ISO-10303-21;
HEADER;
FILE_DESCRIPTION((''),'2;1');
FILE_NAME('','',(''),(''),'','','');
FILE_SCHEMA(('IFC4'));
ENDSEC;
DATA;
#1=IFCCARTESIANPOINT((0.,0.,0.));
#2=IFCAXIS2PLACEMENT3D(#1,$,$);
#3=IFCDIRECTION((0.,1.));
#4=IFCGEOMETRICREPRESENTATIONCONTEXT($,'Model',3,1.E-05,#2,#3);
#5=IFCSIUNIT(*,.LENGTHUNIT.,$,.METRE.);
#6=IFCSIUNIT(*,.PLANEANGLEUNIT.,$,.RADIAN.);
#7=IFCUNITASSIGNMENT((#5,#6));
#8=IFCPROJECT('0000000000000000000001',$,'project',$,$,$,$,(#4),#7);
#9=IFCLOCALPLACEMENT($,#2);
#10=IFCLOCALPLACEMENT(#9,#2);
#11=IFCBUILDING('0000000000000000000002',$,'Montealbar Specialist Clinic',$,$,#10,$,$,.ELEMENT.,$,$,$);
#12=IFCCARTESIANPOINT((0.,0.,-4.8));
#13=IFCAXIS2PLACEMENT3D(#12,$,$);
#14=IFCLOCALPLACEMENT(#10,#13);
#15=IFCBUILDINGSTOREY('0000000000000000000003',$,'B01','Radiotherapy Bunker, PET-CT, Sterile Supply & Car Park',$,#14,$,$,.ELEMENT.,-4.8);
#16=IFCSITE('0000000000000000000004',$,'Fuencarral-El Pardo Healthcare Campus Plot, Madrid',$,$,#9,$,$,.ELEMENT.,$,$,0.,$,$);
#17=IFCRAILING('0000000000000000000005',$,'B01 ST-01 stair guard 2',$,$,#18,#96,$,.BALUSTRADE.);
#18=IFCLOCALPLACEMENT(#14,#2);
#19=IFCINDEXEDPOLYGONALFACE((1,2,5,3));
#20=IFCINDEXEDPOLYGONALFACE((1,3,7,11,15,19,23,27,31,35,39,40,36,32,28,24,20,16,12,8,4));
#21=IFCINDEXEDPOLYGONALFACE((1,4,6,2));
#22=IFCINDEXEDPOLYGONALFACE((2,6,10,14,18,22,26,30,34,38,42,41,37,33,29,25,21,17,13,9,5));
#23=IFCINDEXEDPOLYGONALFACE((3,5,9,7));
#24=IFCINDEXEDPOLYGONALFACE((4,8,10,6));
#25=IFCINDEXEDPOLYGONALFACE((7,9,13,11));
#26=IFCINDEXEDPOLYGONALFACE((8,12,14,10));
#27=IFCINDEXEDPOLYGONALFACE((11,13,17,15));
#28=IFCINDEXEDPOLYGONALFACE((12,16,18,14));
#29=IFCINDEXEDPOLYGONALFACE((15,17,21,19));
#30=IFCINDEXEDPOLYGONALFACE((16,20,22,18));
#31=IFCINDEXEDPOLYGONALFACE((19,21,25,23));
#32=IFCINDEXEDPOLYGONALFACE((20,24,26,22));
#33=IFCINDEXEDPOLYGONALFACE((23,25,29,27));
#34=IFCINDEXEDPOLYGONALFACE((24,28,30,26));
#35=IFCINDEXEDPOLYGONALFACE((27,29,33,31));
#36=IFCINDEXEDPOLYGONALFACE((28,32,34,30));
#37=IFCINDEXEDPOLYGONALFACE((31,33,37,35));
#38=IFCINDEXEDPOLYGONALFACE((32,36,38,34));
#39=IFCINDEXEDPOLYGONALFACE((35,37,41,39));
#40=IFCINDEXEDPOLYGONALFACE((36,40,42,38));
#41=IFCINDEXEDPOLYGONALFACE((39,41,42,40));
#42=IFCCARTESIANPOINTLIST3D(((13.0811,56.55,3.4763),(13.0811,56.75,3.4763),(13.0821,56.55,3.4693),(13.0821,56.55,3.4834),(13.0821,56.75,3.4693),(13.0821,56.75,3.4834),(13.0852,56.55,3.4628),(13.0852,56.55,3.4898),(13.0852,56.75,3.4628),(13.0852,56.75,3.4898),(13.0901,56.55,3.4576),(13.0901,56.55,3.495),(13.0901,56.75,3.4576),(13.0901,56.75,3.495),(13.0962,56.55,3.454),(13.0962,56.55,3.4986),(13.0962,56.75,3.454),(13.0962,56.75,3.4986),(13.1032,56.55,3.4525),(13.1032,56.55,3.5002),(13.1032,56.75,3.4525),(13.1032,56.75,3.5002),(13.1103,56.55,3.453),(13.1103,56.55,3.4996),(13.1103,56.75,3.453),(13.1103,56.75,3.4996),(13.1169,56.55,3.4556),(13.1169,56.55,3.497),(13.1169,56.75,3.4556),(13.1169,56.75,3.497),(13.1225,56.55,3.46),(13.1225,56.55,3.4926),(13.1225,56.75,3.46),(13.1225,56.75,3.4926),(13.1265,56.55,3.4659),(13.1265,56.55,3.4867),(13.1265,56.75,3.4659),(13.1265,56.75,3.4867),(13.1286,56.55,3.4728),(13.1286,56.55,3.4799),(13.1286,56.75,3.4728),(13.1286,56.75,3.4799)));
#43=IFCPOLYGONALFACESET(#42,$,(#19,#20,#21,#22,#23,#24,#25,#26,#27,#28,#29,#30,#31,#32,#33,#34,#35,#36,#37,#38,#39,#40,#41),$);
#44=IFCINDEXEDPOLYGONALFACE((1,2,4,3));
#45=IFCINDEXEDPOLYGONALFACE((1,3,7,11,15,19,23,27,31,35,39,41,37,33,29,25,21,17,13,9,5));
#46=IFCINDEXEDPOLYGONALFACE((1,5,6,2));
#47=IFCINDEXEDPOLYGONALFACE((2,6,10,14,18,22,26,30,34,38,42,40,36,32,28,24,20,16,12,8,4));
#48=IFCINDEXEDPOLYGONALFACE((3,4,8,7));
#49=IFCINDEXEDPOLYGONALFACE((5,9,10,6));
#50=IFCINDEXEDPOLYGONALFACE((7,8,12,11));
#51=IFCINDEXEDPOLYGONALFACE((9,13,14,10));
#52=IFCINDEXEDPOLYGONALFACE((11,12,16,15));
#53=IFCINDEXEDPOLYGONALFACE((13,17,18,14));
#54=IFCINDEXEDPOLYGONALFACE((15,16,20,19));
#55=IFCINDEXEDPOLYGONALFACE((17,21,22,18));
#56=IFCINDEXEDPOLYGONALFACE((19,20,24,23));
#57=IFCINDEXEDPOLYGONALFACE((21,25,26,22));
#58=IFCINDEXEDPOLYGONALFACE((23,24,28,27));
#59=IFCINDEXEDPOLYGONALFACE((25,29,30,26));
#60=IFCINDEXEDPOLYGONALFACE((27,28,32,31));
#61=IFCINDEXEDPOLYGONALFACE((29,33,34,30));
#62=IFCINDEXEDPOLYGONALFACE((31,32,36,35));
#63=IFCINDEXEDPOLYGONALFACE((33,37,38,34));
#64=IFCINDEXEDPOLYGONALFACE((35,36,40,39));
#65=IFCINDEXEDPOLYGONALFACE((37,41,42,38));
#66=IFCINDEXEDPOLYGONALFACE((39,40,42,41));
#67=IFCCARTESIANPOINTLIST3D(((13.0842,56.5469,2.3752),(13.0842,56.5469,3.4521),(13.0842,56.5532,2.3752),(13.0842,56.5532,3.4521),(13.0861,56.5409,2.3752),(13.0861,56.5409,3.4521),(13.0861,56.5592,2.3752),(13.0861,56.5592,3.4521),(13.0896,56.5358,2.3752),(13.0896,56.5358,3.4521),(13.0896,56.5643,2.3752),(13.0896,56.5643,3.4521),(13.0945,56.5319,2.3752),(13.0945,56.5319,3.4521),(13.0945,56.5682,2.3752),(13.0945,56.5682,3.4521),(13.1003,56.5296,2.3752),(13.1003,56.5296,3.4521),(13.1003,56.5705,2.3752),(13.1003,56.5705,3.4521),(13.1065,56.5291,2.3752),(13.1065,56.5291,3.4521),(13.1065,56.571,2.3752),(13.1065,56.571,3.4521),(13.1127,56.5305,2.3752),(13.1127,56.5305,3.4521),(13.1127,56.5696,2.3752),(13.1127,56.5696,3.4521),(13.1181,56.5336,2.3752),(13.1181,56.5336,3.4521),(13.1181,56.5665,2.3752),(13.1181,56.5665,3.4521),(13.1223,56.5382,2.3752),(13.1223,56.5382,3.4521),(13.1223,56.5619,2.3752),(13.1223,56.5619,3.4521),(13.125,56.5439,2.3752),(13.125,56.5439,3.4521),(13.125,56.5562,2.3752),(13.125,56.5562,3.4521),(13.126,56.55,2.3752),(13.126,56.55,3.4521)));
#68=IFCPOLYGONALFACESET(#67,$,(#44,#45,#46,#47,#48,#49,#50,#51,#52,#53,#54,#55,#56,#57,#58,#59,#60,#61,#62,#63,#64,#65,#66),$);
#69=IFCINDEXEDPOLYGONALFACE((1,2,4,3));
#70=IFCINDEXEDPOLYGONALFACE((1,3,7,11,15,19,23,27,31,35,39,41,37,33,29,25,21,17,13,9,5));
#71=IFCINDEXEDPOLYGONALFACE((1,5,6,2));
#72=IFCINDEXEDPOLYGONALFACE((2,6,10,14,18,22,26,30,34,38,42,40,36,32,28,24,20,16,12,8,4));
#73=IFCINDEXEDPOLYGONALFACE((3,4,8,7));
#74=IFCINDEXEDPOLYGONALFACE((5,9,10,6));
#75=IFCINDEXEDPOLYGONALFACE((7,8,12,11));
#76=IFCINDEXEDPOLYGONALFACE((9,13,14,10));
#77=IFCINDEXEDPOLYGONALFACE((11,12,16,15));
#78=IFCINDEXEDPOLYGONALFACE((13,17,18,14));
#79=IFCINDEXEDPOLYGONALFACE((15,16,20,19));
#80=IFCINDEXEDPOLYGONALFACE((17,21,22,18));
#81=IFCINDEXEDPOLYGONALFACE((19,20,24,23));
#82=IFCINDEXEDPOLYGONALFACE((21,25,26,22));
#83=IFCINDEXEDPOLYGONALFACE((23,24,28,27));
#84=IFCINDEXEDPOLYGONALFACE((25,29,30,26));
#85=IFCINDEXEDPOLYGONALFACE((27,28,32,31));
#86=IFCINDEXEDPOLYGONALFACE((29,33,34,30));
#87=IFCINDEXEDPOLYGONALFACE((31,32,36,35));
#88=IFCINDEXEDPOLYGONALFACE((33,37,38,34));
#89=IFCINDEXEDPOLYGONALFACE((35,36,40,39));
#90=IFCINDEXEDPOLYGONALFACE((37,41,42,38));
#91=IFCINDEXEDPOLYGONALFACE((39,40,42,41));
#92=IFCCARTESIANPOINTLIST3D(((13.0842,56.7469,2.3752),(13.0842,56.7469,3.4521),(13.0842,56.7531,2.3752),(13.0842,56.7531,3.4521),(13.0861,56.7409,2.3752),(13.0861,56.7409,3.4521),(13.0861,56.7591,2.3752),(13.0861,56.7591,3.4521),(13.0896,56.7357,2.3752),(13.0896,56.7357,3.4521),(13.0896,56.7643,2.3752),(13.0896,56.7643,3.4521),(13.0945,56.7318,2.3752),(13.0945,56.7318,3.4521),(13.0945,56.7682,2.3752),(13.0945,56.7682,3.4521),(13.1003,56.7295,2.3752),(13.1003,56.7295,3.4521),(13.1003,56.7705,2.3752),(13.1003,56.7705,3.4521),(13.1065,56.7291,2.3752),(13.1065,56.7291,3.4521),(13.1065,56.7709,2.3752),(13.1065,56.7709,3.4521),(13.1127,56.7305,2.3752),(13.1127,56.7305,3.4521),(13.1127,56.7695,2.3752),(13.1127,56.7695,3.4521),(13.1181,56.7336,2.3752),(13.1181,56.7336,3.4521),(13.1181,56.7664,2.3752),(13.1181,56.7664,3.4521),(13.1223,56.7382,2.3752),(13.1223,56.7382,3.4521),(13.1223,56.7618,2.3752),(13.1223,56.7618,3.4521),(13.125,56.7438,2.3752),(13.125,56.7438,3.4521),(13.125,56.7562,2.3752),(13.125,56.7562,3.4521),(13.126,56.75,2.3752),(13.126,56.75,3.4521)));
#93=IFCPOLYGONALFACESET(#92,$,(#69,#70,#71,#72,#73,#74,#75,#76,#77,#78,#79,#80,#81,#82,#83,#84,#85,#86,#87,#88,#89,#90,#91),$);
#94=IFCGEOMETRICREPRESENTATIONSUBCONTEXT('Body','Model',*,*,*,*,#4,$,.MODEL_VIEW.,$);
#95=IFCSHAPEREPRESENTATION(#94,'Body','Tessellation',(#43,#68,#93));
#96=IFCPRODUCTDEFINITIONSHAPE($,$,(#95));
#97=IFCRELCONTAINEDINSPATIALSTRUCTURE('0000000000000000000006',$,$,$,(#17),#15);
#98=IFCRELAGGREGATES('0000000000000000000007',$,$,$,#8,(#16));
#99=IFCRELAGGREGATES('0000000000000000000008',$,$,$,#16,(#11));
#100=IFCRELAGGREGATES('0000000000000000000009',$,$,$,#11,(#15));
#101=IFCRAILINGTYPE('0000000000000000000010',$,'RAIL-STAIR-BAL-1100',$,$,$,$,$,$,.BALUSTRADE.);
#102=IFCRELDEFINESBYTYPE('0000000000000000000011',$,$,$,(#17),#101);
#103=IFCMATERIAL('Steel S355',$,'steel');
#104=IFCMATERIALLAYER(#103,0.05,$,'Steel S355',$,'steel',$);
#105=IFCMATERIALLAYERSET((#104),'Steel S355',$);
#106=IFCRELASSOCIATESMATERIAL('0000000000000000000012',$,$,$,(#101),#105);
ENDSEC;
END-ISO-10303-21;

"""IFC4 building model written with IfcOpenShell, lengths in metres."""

from ifc_helpers import new_model, si_unit, direction, frame, origin, origin_2d, place, context, subcontext, project, spatial, circle, extrude, material, layer, layer_set, type_object, element, save


model = new_model("IFC4")

# Units and contexts
model_context = context("Model", 3, precision=1e-05, world=origin(), true_north=direction((0.0, 1.0)))
body_context = subcontext(model_context, "Body", "Model", "MODEL_VIEW")
ifc_project = project(units=[si_unit("LENGTHUNIT", "METRE"), si_unit("PLANEANGLEUNIT", "RADIAN")], contexts=[model_context])

# Site, building, storey
site_placement = place(None, origin())
site = spatial("IfcSite", under=ifc_project, at=site_placement, Name="Fuencarral-El Pardo Healthcare Campus Plot, Madrid", CompositionType="ELEMENT", RefElevation=0.0)
building_placement = place(site_placement, origin())
building = spatial("IfcBuilding", under=site, at=building_placement, Name="Montealbar Specialist Clinic", CompositionType="ELEMENT")
storey_placement = place(building_placement, frame((0.0, 0.0, -4.8)))
storey = spatial("IfcBuildingStorey", under=building, at=storey_placement, Name="B01", Description="Radiotherapy Bunker, PET-CT, Sterile Supply & Car Park", CompositionType="ELEMENT", Elevation=-4.8)

# Shared definitions
ifc_material_1 = material(Name="Steel S355", Category="steel")

# Railing
ifc_layer_1 = layer(ifc_material_1, 0.05, Name="Steel S355", Category="steel")
ifc_layer_set_1 = layer_set([ifc_layer_1], Name="Steel S355")
railing_type_1 = type_object("IfcRailingType", Name="RAIL-STAIR-BAL-1100", PredefinedType="BALUSTRADE", material=ifc_layer_set_1)
railing_1_placement = place(storey_placement, frame((13.105, 56.55, 2.4001)))
element("IfcRailing", 1, at=railing_1_placement, inside=storey, type_object=railing_type_1, Name="B01 ST-01 stair guard 2", PredefinedType="BALUSTRADE", context=body_context, shape_type="SweptSolid", body=[
    extrude(circle(Radius=0.0239, at=origin_2d()), frame((0.0, 0.0, 1.0762), z_axis=(0.0, 1.0, 0.0), x_axis=(-1.0, 0.0, 0.0)), (0.0, 0.0, 1.0), 0.2),
    extrude(circle(Radius=0.021, at=origin_2d()), frame((0.0, 0.0, -0.0249)), (0.0, 0.0, 1.0), 1.0769),
    extrude(circle(Radius=0.021, at=origin_2d()), frame((0.0, 0.2, -0.0249)), (0.0, 0.0, 1.0), 1.0769),
])

save(model, "model.ifc")
